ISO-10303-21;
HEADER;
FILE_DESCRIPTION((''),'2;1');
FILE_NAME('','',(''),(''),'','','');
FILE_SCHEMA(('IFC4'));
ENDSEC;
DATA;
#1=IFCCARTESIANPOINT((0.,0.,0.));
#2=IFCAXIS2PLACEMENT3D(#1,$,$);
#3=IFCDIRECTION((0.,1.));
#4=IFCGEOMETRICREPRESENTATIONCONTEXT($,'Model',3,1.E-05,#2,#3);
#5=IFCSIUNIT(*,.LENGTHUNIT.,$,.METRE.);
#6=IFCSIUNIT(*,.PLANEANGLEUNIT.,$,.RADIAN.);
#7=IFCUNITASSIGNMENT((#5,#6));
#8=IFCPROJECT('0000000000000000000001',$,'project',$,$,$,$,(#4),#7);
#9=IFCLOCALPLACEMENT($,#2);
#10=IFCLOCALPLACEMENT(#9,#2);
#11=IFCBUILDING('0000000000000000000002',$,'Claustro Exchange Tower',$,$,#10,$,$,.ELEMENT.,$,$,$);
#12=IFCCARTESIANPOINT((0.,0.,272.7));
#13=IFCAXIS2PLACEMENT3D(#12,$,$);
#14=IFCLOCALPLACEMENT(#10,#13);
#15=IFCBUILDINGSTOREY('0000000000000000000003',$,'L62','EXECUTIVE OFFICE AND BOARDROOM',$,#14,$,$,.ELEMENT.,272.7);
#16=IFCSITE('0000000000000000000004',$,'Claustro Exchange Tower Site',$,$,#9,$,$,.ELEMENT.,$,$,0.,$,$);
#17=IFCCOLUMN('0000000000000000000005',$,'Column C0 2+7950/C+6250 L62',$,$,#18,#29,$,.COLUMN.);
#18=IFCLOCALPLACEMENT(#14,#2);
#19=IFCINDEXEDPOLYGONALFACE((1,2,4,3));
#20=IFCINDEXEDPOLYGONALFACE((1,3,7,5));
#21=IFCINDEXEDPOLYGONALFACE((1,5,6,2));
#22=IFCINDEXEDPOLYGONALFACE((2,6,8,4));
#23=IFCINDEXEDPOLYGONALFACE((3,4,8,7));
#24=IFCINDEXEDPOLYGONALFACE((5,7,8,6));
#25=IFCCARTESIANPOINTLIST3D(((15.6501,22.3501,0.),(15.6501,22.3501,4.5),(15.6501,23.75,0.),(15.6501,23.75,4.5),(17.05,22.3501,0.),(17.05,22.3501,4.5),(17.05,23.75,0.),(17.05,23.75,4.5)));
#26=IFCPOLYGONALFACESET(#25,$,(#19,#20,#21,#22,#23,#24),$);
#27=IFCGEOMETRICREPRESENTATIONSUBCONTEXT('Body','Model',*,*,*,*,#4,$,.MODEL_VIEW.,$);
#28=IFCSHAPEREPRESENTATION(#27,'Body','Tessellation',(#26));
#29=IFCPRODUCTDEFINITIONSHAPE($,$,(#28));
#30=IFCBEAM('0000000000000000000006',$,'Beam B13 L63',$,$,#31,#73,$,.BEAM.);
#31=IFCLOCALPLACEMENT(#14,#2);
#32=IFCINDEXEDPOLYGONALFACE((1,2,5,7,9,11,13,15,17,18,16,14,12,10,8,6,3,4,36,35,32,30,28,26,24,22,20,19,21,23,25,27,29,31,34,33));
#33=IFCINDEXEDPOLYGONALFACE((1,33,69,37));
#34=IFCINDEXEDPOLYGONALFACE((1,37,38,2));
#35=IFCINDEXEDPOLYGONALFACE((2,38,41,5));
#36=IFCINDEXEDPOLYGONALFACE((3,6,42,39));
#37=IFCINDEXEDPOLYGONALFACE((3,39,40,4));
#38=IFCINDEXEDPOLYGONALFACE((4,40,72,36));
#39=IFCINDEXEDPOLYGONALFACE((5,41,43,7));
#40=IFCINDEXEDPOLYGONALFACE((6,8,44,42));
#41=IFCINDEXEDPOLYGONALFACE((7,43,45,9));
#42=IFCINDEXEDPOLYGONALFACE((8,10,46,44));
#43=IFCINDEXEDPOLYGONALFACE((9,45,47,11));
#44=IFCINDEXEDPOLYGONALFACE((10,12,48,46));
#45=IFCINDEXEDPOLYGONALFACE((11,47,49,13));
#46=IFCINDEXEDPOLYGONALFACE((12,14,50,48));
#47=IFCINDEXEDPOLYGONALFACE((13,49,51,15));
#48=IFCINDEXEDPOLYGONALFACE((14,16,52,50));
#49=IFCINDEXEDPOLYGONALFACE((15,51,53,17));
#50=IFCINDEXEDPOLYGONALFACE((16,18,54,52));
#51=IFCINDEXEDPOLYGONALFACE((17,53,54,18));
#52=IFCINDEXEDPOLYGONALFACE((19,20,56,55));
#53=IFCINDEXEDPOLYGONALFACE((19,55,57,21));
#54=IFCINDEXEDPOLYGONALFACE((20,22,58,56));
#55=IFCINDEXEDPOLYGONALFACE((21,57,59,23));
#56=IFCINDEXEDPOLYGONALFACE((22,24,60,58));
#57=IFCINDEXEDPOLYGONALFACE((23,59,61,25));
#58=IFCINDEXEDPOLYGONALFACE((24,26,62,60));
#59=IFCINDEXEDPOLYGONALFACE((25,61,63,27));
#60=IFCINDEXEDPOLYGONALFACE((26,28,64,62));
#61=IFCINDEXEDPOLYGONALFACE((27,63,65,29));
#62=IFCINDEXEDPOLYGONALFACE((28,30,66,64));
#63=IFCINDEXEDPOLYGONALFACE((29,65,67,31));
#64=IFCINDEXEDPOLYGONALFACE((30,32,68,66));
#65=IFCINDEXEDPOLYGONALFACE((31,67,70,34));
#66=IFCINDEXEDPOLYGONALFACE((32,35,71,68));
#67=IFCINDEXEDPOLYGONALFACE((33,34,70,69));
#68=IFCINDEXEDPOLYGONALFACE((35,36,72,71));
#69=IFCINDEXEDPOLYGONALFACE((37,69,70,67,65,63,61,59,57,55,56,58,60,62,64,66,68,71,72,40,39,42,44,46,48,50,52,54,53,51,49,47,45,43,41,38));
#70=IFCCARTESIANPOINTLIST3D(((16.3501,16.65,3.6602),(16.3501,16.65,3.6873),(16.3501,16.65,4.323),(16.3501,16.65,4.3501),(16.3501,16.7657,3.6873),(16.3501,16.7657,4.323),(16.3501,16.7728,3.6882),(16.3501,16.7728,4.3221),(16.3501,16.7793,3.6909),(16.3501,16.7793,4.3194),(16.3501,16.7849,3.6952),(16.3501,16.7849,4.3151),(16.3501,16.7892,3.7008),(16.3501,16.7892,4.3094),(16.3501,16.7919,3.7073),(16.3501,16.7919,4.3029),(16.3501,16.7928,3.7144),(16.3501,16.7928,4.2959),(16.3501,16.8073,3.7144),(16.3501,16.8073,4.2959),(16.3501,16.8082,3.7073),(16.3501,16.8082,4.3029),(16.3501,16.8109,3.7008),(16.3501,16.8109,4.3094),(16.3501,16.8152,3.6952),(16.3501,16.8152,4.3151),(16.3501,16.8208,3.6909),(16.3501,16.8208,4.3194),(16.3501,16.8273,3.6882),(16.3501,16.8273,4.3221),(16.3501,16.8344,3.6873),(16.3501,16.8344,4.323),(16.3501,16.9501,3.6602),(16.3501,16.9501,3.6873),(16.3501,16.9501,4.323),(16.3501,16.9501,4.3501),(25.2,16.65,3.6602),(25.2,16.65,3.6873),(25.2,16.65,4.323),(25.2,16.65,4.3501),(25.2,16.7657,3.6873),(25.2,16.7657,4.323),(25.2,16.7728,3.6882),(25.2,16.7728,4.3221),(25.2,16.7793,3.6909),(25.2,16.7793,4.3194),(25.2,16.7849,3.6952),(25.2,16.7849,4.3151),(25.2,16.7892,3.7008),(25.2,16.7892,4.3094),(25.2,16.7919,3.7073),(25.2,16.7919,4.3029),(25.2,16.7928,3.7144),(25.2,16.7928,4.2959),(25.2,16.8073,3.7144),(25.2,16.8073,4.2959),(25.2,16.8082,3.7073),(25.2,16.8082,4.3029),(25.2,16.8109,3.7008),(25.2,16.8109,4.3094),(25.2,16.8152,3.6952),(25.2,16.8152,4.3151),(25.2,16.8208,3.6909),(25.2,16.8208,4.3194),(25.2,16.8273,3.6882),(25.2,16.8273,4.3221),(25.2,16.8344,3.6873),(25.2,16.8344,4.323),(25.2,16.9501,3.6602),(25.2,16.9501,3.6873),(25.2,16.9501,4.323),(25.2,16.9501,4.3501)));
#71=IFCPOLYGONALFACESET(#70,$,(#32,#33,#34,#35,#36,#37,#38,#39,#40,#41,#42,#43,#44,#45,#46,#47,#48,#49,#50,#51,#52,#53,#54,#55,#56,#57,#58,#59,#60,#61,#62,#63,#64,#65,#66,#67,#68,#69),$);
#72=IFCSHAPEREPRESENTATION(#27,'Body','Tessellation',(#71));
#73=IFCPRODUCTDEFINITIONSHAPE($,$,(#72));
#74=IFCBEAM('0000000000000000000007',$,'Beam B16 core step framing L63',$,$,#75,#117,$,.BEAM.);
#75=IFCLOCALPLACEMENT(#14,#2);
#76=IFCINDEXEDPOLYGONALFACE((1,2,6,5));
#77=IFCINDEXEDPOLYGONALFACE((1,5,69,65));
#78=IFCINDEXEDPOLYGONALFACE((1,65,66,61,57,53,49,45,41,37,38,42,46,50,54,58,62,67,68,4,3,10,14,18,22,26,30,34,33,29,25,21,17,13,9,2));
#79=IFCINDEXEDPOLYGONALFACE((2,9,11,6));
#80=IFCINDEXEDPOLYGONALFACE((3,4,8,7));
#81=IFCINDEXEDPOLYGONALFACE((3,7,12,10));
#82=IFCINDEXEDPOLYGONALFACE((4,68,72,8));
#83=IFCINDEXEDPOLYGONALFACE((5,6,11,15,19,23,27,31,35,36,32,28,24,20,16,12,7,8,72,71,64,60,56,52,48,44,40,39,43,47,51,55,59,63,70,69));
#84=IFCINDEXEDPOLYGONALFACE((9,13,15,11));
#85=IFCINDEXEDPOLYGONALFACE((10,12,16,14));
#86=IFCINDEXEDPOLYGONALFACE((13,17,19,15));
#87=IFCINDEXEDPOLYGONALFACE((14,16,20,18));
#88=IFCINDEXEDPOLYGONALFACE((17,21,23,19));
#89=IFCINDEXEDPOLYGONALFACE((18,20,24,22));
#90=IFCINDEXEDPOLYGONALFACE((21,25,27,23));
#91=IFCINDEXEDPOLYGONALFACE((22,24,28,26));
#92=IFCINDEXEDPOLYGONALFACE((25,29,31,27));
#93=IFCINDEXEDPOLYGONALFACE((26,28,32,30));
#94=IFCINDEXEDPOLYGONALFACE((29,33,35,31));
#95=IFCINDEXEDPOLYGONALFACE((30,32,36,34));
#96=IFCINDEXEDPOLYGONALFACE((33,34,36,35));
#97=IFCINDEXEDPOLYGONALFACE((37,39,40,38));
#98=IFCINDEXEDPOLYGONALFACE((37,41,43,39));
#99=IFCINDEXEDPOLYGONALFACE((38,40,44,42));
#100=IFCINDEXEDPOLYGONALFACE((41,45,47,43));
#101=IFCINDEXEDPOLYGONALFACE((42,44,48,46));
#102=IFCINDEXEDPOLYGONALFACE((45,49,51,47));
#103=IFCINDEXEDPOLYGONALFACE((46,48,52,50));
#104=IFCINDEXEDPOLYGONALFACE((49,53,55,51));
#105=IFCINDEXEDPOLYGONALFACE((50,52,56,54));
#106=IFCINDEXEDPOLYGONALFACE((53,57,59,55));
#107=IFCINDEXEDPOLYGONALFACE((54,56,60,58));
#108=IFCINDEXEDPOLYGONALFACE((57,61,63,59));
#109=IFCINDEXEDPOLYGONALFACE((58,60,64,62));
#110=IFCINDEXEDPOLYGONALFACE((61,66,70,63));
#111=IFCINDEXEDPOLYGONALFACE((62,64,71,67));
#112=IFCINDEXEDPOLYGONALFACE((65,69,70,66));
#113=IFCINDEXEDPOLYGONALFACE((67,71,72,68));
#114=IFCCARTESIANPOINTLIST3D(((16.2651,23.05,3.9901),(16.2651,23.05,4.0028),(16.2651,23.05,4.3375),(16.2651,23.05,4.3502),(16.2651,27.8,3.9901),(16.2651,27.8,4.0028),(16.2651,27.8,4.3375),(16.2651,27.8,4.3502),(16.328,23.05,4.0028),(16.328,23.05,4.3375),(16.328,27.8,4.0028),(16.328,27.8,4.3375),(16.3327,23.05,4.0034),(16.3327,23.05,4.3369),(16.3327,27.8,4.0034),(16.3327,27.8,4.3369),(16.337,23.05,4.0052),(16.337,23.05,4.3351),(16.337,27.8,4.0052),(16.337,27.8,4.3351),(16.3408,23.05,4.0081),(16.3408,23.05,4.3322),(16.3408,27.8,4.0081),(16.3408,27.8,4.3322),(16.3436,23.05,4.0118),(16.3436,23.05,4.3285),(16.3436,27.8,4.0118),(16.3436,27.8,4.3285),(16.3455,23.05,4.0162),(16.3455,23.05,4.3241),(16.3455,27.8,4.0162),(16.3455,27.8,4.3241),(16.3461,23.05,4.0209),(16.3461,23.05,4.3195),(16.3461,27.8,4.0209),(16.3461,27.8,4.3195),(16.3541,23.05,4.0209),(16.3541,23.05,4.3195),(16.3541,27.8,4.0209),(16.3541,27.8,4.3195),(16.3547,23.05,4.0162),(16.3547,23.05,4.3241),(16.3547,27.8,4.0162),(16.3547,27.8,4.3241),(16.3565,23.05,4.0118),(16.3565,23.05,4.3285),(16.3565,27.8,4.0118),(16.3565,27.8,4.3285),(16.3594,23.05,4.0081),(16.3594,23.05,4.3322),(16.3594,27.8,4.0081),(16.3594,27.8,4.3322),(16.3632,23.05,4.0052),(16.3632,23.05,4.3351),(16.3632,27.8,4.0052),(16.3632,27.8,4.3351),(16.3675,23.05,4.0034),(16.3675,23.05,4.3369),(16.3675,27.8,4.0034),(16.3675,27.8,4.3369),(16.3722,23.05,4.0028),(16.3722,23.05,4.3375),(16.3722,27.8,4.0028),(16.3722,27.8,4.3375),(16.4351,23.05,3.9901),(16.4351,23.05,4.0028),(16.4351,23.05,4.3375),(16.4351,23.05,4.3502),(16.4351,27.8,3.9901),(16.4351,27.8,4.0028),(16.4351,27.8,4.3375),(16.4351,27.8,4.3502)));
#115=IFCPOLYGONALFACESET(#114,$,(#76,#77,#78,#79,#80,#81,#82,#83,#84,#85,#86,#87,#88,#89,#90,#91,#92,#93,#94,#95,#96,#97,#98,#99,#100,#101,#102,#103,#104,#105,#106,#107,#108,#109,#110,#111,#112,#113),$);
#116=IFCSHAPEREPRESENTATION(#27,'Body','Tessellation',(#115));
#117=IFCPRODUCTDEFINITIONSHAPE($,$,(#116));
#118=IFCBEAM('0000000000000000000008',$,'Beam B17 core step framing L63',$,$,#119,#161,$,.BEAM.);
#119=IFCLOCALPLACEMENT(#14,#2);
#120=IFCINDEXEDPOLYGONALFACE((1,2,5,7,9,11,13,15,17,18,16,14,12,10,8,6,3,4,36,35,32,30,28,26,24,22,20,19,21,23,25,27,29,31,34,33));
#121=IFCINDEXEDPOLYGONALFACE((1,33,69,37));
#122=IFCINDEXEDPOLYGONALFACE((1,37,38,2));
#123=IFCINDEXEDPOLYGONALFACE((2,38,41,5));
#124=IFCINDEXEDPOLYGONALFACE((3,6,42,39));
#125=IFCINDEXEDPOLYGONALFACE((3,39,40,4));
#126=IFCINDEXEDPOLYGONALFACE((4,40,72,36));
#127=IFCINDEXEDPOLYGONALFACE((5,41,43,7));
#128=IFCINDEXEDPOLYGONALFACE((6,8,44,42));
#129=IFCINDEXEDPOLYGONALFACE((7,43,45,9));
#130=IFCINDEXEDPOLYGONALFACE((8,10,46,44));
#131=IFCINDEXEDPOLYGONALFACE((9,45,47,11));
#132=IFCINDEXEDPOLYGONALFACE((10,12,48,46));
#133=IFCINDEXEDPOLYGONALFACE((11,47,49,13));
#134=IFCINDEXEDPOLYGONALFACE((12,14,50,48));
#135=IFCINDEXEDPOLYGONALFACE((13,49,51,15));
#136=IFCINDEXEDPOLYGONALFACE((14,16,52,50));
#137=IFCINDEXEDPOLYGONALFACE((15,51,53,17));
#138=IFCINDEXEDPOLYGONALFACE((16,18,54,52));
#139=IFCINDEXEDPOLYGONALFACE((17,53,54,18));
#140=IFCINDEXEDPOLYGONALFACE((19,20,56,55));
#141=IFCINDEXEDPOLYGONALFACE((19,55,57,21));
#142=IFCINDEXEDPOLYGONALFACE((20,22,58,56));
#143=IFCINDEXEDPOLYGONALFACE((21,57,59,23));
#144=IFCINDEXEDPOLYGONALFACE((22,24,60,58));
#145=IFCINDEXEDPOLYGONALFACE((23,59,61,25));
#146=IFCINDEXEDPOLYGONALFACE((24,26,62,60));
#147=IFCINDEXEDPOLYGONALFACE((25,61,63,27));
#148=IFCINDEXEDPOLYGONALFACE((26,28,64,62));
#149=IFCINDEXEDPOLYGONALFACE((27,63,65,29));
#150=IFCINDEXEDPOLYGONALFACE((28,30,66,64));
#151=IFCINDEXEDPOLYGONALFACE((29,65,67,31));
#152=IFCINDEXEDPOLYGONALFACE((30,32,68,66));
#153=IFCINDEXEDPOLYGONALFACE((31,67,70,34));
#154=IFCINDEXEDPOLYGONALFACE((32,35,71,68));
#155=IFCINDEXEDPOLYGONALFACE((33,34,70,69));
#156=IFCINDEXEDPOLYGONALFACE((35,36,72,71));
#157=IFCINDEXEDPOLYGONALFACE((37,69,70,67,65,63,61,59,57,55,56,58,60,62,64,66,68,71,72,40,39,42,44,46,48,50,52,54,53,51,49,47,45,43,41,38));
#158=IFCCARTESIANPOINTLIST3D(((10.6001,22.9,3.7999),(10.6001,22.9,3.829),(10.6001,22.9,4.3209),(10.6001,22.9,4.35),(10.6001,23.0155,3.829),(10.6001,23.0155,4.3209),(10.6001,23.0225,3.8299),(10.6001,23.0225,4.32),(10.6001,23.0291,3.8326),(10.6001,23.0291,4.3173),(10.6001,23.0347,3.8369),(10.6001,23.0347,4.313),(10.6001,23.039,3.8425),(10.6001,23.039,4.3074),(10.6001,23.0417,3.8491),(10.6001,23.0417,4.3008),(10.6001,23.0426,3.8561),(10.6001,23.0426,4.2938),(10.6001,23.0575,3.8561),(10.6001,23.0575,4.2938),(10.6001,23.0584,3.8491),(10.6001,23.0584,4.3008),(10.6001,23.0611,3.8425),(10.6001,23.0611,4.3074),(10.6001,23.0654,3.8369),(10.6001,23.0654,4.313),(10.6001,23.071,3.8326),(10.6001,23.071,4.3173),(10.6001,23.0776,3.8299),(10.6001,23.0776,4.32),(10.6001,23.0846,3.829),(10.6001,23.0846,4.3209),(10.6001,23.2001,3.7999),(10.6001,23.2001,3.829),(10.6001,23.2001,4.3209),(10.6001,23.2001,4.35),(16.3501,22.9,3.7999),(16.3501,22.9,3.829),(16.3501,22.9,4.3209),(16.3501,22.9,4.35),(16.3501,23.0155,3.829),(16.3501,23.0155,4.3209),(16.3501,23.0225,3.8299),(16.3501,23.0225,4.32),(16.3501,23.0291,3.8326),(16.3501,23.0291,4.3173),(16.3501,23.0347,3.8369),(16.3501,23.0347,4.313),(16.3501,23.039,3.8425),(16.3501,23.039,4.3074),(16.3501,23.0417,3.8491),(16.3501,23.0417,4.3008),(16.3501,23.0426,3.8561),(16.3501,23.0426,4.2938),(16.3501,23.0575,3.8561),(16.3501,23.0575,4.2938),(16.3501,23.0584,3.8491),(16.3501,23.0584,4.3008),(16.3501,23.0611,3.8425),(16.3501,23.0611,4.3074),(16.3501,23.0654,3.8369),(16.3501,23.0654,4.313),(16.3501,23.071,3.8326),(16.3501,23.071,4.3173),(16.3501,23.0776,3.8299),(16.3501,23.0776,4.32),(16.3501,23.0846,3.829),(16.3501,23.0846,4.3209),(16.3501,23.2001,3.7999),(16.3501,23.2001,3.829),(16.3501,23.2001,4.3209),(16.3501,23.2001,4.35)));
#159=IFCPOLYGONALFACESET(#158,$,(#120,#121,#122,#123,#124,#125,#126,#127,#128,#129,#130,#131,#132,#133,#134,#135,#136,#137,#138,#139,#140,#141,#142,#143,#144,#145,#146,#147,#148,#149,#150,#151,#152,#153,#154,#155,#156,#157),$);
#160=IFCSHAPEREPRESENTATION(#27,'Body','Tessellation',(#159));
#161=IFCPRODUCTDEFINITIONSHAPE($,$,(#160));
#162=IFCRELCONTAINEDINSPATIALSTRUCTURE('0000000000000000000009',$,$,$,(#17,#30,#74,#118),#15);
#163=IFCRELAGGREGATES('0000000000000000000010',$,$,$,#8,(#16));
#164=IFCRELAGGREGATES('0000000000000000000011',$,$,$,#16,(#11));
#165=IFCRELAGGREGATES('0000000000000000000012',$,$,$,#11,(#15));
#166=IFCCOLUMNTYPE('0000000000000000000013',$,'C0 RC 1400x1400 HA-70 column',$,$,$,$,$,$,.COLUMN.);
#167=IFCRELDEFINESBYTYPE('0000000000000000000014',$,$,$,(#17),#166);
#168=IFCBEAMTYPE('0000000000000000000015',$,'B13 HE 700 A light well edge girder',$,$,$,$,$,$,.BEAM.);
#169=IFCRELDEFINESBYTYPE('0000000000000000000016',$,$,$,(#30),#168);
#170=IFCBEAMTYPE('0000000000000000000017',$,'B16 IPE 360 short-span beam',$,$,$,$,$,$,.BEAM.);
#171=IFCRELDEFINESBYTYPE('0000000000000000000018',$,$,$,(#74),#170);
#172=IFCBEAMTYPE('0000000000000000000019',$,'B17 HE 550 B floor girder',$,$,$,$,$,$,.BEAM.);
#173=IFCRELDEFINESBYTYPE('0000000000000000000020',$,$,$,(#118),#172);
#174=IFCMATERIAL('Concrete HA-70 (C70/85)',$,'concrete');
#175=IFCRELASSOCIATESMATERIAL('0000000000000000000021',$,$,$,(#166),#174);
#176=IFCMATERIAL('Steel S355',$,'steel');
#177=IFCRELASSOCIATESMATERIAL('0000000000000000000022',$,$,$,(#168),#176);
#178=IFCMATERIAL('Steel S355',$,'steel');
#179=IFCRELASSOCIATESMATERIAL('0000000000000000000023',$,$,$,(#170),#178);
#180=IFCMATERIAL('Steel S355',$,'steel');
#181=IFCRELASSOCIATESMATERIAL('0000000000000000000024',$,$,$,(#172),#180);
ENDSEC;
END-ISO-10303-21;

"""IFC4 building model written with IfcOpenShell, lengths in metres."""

from ifc_helpers import new_model, si_unit, direction, frame, origin, origin_2d, place, context, subcontext, project, spatial, rectangle, i_section, extrude, material, material_profile, profile_set, type_object, element, save


model = new_model("IFC4")

# Units and contexts
model_context = context("Model", 3, precision=1e-05, world=origin(), true_north=direction((0.0, 1.0)))
body_context = subcontext(model_context, "Body", "Model", "MODEL_VIEW")
ifc_project = project(units=[si_unit("LENGTHUNIT", "METRE"), si_unit("PLANEANGLEUNIT", "RADIAN")], contexts=[model_context])

# Site, building, storey
site_placement = place(None, origin())
site = spatial("IfcSite", under=ifc_project, at=site_placement, Name="Claustro Exchange Tower Site", CompositionType="ELEMENT", RefElevation=0.0)
building_placement = place(site_placement, origin())
building = spatial("IfcBuilding", under=site, at=building_placement, Name="Claustro Exchange Tower", CompositionType="ELEMENT")
storey_placement = place(building_placement, frame((0.0, 0.0, 272.7)))
storey = spatial("IfcBuildingStorey", under=building, at=storey_placement, Name="L62", Description="EXECUTIVE OFFICE AND BOARDROOM", CompositionType="ELEMENT", Elevation=272.7)

# Column
ifc_material_1 = material(Name="Concrete HA-70 (C70/85)", Category="concrete")
ifc_material_profile_1 = material_profile(ifc_material_1, rectangle(XDim=1.3999, YDim=1.3999, at=origin_2d()), Name="RC 1400x1400")
ifc_profile_set_1 = profile_set([ifc_material_profile_1], Name="Concrete HA-70 (C70/85)")
column_type = type_object("IfcColumnType", Name="C0 RC 1400x1400 HA-70 column", PredefinedType="COLUMN", material=ifc_profile_set_1)
column_placement = place(storey_placement, frame((16.3501, 23.05, 0.0), z_axis=(0.0, 0.0, 1.0), x_axis=(1.0, 0.0, 0.0)))
element("IfcColumn", 1, at=column_placement, inside=storey, type_object=column_type, Name="Column C0 2+7950/C+6250 L62", PredefinedType="COLUMN", context=body_context, shape_type="SweptSolid", body=[
    extrude(rectangle(XDim=1.3999, YDim=1.3999, at=origin_2d()), origin(), (0.0, 0.0, 1.0), 4.5),
])

# Beams
ifc_material_2 = material(Name="Steel S355", Category="steel")
ifc_material_profile_2 = material_profile(ifc_material_2, i_section(OverallWidth=0.3, OverallDepth=0.6899, WebThickness=0.0144, FlangeThickness=0.0271, FilletRadius=0.0271, at=origin_2d()), Name="HE 700 A")
ifc_profile_set_2 = profile_set([ifc_material_profile_2], Name="Steel S355")
beam_type_1 = type_object("IfcBeamType", Name="B13 HE 700 A light well edge girder", PredefinedType="BEAM", material=ifc_profile_set_2)
beam_1_placement = place(storey_placement, frame((16.3501, 16.8, 4.0051), z_axis=(1.0, 0.0, 0.0), x_axis=(0.0, 1.0, 0.0)))
element("IfcBeam", 2, at=beam_1_placement, inside=storey, type_object=beam_type_1, Name="Beam B13 L63", PredefinedType="BEAM", context=body_context, shape_type="SweptSolid", body=[
    extrude(i_section(OverallWidth=0.3, OverallDepth=0.6899, WebThickness=0.0144, FlangeThickness=0.0271, FilletRadius=0.0271, at=origin_2d()), origin(), (0.0, 0.0, 1.0), 8.8499),
])
ifc_material_3 = material(Name="Steel S355", Category="steel")
ifc_material_profile_3 = material_profile(ifc_material_3, i_section(OverallWidth=0.1699, OverallDepth=0.3601, WebThickness=0.0081, FlangeThickness=0.0127, FilletRadius=0.0181, at=origin_2d()), Name="IPE 360")
ifc_profile_set_3 = profile_set([ifc_material_profile_3], Name="Steel S355")
beam_type_2 = type_object("IfcBeamType", Name="B16 IPE 360 short-span beam", PredefinedType="BEAM", material=ifc_profile_set_3)
beam_2_placement = place(storey_placement, frame((16.3501, 23.05, 4.1702), z_axis=(0.0, 1.0, 0.0), x_axis=(-1.0, 0.0, 0.0)))
element("IfcBeam", 3, at=beam_2_placement, inside=storey, type_object=beam_type_2, Name="Beam B16 core step framing L63", PredefinedType="BEAM", context=body_context, shape_type="SweptSolid", body=[
    extrude(i_section(OverallWidth=0.1699, OverallDepth=0.3601, WebThickness=0.0081, FlangeThickness=0.0127, FilletRadius=0.0181, at=origin_2d()), origin(), (0.0, 0.0, 1.0), 4.75),
])
ifc_material_4 = material(Name="Steel S355", Category="steel")
ifc_material_profile_4 = material_profile(ifc_material_4, i_section(OverallWidth=0.3, OverallDepth=0.55, WebThickness=0.0149, FlangeThickness=0.0291, FilletRadius=0.0271, at=origin_2d()), Name="HE 550 B")
ifc_profile_set_4 = profile_set([ifc_material_profile_4], Name="Steel S355")
beam_type_3 = type_object("IfcBeamType", Name="B17 HE 550 B floor girder", PredefinedType="BEAM", material=ifc_profile_set_4)
beam_3_placement = place(storey_placement, frame((10.6001, 23.05, 4.075), z_axis=(1.0, 0.0, 0.0), x_axis=(0.0, 1.0, 0.0)))
element("IfcBeam", 4, at=beam_3_placement, inside=storey, type_object=beam_type_3, Name="Beam B17 core step framing L63", PredefinedType="BEAM", context=body_context, shape_type="SweptSolid", body=[
    extrude(i_section(OverallWidth=0.3, OverallDepth=0.55, WebThickness=0.0149, FlangeThickness=0.0291, FilletRadius=0.0271, at=origin_2d()), origin(), (0.0, 0.0, 1.0), 5.75),
])

save(model, "model.ifc")
